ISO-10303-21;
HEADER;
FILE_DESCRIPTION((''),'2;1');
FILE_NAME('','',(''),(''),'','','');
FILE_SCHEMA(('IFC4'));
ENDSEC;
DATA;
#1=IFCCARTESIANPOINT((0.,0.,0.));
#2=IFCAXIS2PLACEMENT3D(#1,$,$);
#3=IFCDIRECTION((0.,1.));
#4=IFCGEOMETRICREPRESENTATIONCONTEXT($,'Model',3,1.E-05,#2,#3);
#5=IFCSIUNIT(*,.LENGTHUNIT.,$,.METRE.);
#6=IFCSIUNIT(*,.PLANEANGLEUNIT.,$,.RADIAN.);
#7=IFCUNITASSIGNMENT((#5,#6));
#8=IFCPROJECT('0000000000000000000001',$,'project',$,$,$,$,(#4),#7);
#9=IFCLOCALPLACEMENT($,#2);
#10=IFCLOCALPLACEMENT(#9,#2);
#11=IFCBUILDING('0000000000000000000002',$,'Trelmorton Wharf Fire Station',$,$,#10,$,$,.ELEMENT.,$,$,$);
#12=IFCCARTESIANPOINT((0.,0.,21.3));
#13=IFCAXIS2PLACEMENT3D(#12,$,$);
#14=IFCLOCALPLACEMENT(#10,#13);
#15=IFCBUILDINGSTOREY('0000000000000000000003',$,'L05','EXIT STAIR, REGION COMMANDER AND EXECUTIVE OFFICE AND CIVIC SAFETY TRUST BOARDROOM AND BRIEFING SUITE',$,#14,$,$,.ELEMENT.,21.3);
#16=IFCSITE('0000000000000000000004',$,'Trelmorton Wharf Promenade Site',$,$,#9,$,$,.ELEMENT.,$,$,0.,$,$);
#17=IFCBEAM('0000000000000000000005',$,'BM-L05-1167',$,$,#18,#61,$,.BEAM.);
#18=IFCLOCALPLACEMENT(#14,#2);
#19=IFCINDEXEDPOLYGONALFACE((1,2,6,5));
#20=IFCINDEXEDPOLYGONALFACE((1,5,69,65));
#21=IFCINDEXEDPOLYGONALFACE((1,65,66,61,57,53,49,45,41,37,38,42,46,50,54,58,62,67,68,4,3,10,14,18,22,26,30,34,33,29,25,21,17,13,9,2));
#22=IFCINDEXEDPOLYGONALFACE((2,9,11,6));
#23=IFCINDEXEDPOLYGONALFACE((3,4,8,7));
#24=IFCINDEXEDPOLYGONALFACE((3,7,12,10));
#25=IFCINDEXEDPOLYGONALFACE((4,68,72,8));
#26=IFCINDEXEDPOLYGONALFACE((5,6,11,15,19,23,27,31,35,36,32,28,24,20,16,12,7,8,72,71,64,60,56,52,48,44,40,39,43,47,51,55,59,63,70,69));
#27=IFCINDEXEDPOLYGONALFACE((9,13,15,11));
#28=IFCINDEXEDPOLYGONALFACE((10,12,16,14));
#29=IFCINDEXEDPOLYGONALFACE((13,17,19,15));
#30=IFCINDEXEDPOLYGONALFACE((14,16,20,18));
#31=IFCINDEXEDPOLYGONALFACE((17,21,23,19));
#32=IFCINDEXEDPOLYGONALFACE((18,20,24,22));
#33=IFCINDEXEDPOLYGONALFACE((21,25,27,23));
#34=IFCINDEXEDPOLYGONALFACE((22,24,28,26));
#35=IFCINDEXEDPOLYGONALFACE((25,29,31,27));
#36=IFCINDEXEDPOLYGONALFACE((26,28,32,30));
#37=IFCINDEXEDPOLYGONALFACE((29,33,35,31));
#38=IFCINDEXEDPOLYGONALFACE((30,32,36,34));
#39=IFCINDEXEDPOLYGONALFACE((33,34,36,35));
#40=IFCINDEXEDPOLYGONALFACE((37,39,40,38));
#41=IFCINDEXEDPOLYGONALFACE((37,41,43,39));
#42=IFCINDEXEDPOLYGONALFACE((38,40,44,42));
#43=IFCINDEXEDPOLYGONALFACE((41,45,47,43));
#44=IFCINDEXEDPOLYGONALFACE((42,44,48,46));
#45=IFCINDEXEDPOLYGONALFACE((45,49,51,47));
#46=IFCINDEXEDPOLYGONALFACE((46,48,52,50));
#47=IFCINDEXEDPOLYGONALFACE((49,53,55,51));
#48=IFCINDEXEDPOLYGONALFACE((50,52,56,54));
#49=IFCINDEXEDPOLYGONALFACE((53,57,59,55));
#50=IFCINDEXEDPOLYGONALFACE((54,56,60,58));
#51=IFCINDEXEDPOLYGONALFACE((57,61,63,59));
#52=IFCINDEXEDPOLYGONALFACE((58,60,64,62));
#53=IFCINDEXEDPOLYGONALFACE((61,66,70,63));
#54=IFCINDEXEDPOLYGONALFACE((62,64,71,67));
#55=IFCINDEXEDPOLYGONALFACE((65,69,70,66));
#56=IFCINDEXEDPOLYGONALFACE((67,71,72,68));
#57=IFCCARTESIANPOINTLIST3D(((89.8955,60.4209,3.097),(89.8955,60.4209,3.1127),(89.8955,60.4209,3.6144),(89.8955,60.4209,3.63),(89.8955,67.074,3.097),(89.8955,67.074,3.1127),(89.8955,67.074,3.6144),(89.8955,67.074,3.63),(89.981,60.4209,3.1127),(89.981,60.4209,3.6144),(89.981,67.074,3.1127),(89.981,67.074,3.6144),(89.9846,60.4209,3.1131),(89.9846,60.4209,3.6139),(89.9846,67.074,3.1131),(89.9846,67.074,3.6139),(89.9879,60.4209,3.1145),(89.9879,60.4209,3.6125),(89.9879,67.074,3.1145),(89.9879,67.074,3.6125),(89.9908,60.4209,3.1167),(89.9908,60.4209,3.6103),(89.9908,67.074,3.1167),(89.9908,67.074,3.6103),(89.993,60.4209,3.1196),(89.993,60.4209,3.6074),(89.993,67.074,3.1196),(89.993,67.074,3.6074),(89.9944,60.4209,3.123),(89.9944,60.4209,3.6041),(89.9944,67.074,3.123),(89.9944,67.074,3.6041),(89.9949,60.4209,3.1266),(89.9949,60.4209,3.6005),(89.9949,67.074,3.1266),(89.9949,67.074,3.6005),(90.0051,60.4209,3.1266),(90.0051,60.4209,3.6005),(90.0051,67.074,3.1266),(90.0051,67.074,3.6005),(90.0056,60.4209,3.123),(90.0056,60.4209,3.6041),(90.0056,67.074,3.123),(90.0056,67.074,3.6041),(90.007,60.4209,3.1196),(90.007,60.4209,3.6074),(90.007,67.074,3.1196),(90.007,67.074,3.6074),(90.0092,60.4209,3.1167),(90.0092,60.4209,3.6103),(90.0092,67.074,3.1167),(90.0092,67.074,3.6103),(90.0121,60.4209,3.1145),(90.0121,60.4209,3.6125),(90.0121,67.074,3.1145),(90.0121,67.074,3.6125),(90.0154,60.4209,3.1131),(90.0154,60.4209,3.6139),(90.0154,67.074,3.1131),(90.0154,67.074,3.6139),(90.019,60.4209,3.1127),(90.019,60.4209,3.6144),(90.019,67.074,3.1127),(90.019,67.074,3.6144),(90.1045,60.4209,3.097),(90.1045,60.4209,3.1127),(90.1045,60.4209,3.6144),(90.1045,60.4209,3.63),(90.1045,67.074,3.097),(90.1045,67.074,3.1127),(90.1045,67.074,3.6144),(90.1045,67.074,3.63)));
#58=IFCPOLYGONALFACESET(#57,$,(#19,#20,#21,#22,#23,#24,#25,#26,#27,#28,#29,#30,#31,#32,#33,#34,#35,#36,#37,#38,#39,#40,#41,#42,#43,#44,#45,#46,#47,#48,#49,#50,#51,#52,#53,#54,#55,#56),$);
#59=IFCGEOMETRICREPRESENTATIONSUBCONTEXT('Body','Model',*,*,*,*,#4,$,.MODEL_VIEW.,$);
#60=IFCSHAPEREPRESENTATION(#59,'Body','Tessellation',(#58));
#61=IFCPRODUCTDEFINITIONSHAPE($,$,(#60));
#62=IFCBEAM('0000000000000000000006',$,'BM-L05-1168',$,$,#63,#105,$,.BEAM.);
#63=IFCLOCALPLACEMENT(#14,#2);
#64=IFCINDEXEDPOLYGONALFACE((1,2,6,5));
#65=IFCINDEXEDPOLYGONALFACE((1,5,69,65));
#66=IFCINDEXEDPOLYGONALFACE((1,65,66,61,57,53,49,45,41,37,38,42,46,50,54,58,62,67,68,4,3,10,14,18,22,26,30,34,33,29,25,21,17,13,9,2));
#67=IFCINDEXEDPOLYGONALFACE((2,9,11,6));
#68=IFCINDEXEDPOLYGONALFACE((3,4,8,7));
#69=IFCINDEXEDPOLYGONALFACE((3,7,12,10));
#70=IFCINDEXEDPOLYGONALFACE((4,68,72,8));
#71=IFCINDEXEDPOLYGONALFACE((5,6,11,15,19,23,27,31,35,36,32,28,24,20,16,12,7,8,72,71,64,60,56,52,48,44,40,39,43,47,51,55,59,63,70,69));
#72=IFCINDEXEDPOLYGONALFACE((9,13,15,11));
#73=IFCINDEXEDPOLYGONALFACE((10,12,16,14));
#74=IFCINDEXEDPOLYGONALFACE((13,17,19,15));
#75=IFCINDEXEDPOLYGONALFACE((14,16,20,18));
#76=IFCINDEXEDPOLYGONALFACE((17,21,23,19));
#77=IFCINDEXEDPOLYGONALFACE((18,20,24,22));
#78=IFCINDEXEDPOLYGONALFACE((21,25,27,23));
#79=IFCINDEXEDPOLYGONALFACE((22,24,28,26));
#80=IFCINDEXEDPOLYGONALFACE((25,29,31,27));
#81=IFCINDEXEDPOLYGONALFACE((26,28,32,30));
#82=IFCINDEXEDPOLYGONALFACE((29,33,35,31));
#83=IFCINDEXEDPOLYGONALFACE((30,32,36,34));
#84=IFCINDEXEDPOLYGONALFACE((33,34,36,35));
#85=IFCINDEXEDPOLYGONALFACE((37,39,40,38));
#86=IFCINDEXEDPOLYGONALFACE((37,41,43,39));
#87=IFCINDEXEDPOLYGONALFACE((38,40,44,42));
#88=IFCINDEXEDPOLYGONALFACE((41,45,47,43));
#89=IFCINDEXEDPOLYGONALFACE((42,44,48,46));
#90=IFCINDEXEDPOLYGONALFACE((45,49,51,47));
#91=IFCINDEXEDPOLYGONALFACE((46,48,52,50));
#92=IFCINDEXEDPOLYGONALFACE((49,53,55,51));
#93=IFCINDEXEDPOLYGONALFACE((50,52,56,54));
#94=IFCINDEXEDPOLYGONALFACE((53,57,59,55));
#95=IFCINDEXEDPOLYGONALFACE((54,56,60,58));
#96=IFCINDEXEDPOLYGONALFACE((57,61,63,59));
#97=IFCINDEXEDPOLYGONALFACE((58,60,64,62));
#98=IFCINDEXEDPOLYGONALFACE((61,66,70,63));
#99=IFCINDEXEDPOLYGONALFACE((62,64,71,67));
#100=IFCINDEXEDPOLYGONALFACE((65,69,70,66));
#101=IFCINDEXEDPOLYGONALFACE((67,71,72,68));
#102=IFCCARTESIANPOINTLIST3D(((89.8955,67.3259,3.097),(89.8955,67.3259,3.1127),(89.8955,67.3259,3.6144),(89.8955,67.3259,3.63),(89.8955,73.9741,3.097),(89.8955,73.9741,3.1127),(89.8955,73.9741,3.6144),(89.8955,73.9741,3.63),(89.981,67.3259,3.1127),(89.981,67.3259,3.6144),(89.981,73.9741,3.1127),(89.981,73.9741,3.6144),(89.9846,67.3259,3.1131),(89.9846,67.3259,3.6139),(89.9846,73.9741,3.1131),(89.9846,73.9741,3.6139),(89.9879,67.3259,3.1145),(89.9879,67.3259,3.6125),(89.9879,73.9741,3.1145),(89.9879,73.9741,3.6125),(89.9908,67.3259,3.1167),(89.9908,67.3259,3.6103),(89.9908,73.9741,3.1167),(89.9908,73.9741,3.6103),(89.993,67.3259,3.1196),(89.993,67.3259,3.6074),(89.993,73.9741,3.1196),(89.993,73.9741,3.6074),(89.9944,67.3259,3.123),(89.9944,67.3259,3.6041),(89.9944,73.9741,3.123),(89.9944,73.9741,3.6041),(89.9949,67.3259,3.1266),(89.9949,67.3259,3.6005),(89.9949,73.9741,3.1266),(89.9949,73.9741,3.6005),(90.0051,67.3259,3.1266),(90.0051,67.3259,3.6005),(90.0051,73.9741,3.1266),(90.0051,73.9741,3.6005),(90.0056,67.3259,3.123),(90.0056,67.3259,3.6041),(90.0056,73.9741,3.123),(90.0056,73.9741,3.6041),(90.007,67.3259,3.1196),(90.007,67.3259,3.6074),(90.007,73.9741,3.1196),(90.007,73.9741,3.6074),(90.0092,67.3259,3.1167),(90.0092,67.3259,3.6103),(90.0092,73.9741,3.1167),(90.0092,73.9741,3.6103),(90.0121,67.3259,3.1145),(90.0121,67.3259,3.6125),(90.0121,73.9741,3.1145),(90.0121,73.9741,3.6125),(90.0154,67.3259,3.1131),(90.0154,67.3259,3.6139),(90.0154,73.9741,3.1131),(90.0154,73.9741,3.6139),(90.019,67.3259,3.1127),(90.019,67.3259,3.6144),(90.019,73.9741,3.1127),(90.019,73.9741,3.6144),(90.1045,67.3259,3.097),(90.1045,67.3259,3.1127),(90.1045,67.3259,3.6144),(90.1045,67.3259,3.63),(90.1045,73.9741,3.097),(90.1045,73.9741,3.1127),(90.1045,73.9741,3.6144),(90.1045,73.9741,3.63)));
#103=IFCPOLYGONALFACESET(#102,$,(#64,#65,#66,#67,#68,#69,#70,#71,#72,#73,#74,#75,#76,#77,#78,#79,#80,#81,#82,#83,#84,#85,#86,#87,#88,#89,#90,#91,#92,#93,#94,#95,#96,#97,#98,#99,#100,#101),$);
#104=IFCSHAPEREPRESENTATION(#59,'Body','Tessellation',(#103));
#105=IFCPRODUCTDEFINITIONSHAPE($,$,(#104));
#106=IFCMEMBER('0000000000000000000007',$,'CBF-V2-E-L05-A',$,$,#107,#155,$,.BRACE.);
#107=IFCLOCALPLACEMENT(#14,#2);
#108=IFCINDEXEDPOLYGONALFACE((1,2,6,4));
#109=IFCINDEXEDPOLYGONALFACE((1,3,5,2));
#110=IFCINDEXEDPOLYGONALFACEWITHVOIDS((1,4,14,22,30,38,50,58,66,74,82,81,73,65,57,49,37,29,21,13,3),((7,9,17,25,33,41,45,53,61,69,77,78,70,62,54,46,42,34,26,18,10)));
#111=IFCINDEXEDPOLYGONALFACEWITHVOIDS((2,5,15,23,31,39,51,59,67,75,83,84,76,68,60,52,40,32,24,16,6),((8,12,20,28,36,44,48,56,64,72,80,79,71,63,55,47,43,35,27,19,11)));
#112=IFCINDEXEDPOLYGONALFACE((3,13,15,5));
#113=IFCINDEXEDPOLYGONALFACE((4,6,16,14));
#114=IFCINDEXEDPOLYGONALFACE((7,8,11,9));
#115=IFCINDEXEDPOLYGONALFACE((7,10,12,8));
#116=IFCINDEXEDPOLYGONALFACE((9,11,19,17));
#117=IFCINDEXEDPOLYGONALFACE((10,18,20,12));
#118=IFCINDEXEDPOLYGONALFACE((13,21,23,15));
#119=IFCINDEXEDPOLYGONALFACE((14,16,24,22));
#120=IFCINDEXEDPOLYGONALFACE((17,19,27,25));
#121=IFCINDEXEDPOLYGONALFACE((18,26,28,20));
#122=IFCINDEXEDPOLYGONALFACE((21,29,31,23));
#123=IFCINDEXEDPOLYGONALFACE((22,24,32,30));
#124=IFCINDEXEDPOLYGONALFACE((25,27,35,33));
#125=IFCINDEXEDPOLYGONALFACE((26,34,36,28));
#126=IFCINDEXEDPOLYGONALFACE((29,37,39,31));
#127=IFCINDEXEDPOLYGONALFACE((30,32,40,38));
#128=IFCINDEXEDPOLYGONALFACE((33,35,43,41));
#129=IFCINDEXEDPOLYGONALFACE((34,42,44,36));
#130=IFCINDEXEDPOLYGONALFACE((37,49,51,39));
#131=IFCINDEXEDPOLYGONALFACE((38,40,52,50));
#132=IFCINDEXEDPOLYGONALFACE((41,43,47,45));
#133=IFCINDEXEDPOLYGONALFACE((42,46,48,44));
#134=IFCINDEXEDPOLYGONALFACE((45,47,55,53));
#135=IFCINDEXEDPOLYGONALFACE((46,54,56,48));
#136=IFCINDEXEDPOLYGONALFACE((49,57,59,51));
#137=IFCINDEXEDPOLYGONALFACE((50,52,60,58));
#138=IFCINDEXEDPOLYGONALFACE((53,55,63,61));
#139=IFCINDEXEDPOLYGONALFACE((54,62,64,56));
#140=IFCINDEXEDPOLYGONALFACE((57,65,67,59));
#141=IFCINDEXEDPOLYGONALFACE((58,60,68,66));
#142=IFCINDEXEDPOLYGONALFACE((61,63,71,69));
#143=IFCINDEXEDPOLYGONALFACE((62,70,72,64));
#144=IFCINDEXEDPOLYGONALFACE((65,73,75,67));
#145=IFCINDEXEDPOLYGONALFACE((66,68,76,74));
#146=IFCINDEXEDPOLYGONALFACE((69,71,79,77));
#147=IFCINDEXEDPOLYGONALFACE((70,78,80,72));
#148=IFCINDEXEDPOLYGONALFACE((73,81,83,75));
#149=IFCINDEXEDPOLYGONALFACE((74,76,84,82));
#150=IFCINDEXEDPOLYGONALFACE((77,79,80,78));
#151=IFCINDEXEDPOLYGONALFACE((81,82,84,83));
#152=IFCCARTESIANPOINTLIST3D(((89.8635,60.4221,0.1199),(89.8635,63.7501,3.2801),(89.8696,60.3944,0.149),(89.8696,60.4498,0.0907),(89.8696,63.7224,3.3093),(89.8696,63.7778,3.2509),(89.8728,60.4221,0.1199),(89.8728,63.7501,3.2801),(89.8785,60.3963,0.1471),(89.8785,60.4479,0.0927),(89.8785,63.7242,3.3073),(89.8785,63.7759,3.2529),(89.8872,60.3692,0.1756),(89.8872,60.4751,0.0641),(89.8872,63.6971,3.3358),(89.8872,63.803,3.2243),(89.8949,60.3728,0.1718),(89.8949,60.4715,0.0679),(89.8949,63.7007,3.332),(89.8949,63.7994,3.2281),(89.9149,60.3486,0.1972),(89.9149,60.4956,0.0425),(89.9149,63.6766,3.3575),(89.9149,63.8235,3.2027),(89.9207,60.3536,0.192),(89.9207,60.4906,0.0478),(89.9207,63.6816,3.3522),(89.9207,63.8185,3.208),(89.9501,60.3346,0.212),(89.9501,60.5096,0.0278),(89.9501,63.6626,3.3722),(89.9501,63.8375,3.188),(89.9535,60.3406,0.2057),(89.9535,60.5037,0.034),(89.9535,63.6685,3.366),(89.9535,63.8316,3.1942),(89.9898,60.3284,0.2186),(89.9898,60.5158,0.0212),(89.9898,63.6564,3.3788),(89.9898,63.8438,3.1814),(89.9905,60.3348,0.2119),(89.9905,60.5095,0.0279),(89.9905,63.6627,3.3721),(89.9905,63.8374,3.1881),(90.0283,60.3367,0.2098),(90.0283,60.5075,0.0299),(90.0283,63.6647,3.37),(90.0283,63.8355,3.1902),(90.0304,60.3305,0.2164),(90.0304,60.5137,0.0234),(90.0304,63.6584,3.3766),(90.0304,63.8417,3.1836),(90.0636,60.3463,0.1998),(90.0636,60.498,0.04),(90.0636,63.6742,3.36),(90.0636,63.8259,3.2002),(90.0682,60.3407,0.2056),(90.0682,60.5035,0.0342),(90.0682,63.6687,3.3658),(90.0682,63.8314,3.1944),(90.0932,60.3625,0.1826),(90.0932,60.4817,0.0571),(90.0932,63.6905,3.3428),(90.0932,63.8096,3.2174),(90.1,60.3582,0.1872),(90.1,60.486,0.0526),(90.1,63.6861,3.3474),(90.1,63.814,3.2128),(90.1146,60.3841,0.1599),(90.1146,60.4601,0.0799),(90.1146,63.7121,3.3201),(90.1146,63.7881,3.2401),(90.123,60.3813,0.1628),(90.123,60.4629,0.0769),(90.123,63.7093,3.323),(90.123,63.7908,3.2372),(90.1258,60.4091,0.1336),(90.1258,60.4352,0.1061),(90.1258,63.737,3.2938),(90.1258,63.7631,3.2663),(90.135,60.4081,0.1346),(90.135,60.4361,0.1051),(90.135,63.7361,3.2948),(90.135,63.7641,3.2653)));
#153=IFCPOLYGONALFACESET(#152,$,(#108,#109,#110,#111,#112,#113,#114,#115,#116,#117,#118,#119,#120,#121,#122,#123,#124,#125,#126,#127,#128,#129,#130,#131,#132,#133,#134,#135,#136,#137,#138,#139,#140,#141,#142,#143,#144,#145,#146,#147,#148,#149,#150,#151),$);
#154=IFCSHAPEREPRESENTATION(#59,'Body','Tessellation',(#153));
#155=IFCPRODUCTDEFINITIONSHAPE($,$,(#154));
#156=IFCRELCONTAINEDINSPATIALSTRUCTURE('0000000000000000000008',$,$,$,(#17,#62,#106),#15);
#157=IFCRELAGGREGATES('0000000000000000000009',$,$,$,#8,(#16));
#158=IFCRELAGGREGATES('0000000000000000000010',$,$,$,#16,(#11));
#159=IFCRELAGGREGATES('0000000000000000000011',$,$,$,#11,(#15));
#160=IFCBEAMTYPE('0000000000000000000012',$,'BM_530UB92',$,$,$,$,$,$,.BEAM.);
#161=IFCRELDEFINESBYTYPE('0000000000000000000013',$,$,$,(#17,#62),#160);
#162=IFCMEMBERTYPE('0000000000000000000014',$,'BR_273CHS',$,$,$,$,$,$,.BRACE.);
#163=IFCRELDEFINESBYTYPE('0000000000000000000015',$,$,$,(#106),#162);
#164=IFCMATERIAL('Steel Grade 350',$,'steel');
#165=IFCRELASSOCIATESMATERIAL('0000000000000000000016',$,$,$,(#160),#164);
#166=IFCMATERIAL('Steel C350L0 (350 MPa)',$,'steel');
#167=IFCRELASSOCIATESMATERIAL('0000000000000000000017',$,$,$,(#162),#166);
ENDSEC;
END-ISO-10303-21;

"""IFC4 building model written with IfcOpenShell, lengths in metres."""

from ifc_helpers import new_model, si_unit, direction, frame, origin, origin_2d, place, context, subcontext, project, spatial, hollow_circle, i_section, extrude, material, material_profile, profile_set, type_object, element, save


model = new_model("IFC4")

# Units and contexts
model_context = context("Model", 3, precision=1e-05, world=origin(), true_north=direction((0.0, 1.0)))
body_context = subcontext(model_context, "Body", "Model", "MODEL_VIEW")
ifc_project = project(units=[si_unit("LENGTHUNIT", "METRE"), si_unit("PLANEANGLEUNIT", "RADIAN")], contexts=[model_context])

# Site, building, storey
site_placement = place(None, origin())
site = spatial("IfcSite", under=ifc_project, at=site_placement, Name="Trelmorton Wharf Promenade Site", CompositionType="ELEMENT", RefElevation=0.0)
building_placement = place(site_placement, origin())
building = spatial("IfcBuilding", under=site, at=building_placement, Name="Trelmorton Wharf Fire Station", CompositionType="ELEMENT")
storey_placement = place(building_placement, frame((0.0, 0.0, 21.3)))
storey = spatial("IfcBuildingStorey", under=building, at=storey_placement, Name="L05", Description="EXIT STAIR, REGION COMMANDER AND EXECUTIVE OFFICE AND CIVIC SAFETY TRUST BOARDROOM AND BRIEFING SUITE", CompositionType="ELEMENT", Elevation=21.3)

# Shared definitions
ifc_material_1 = material(Name="Steel Grade 350", Category="steel")

# Beams
ifc_material_profile_1 = material_profile(ifc_material_1, i_section(OverallWidth=0.209, OverallDepth=0.533, WebThickness=0.0103, FlangeThickness=0.0156, FilletRadius=0.0139, at=origin_2d()), Name="530UB92.4")
ifc_profile_set_1 = profile_set([ifc_material_profile_1], Name="Steel Grade 350")
beam_type_1 = type_object("IfcBeamType", Name="BM_530UB92", PredefinedType="BEAM", material=ifc_profile_set_1)
beam_1_placement = place(storey_placement, frame((90.0, 60.4209, 3.3635), z_axis=(0.0, 1.0, 0.0), x_axis=(-1.0, 0.0, 0.0)))
element("IfcBeam", 1, at=beam_1_placement, inside=storey, type_object=beam_type_1, Name="BM-L05-1167", PredefinedType="BEAM", context=body_context, shape_type="SweptSolid", body=[
    extrude(i_section(OverallWidth=0.209, OverallDepth=0.533, WebThickness=0.0103, FlangeThickness=0.0156, FilletRadius=0.0139, at=origin_2d()), origin(), (0.0, 0.0, 1.0), 6.6531),
])
beam_2_placement = place(storey_placement, frame((90.0, 67.3259, 3.3635), z_axis=(0.0, 1.0, 0.0), x_axis=(-1.0, 0.0, 0.0)))
element("IfcBeam", 2, at=beam_2_placement, inside=storey, type_object=beam_type_1, Name="BM-L05-1168", PredefinedType="BEAM", context=body_context, shape_type="SweptSolid", body=[
    extrude(i_section(OverallWidth=0.209, OverallDepth=0.533, WebThickness=0.0103, FlangeThickness=0.0156, FilletRadius=0.0139, at=origin_2d()), origin(), (0.0, 0.0, 1.0), 6.6482),
])

# Member
ifc_material_2 = material(Name="Steel C350L0 (350 MPa)", Category="steel")
ifc_material_profile_2 = material_profile(ifc_material_2, hollow_circle(Radius=0.1365, WallThickness=0.0093, at=origin_2d()), Name="273.1x9.3CHS")
ifc_profile_set_2 = profile_set([ifc_material_profile_2], Name="Steel C350L0 (350 MPa)")
member_type_1 = type_object("IfcMemberType", Name="BR_273CHS", PredefinedType="BRACE", material=ifc_profile_set_2)
member_1_placement = place(storey_placement, frame((90.0, 60.4221, 0.1199), z_axis=(0.0, 0.725144, 0.688597), x_axis=(-1.0, 0.0, 0.0)))
element("IfcMember", 3, at=member_1_placement, inside=storey, type_object=member_type_1, Name="CBF-V2-E-L05-A", PredefinedType="BRACE", context=body_context, shape_type="SweptSolid", body=[
    extrude(hollow_circle(Radius=0.1365, WallThickness=0.0093, at=origin_2d()), origin(), (0.0, 0.0, 1.0), 4.5894),
])

save(model, "model.ifc")
